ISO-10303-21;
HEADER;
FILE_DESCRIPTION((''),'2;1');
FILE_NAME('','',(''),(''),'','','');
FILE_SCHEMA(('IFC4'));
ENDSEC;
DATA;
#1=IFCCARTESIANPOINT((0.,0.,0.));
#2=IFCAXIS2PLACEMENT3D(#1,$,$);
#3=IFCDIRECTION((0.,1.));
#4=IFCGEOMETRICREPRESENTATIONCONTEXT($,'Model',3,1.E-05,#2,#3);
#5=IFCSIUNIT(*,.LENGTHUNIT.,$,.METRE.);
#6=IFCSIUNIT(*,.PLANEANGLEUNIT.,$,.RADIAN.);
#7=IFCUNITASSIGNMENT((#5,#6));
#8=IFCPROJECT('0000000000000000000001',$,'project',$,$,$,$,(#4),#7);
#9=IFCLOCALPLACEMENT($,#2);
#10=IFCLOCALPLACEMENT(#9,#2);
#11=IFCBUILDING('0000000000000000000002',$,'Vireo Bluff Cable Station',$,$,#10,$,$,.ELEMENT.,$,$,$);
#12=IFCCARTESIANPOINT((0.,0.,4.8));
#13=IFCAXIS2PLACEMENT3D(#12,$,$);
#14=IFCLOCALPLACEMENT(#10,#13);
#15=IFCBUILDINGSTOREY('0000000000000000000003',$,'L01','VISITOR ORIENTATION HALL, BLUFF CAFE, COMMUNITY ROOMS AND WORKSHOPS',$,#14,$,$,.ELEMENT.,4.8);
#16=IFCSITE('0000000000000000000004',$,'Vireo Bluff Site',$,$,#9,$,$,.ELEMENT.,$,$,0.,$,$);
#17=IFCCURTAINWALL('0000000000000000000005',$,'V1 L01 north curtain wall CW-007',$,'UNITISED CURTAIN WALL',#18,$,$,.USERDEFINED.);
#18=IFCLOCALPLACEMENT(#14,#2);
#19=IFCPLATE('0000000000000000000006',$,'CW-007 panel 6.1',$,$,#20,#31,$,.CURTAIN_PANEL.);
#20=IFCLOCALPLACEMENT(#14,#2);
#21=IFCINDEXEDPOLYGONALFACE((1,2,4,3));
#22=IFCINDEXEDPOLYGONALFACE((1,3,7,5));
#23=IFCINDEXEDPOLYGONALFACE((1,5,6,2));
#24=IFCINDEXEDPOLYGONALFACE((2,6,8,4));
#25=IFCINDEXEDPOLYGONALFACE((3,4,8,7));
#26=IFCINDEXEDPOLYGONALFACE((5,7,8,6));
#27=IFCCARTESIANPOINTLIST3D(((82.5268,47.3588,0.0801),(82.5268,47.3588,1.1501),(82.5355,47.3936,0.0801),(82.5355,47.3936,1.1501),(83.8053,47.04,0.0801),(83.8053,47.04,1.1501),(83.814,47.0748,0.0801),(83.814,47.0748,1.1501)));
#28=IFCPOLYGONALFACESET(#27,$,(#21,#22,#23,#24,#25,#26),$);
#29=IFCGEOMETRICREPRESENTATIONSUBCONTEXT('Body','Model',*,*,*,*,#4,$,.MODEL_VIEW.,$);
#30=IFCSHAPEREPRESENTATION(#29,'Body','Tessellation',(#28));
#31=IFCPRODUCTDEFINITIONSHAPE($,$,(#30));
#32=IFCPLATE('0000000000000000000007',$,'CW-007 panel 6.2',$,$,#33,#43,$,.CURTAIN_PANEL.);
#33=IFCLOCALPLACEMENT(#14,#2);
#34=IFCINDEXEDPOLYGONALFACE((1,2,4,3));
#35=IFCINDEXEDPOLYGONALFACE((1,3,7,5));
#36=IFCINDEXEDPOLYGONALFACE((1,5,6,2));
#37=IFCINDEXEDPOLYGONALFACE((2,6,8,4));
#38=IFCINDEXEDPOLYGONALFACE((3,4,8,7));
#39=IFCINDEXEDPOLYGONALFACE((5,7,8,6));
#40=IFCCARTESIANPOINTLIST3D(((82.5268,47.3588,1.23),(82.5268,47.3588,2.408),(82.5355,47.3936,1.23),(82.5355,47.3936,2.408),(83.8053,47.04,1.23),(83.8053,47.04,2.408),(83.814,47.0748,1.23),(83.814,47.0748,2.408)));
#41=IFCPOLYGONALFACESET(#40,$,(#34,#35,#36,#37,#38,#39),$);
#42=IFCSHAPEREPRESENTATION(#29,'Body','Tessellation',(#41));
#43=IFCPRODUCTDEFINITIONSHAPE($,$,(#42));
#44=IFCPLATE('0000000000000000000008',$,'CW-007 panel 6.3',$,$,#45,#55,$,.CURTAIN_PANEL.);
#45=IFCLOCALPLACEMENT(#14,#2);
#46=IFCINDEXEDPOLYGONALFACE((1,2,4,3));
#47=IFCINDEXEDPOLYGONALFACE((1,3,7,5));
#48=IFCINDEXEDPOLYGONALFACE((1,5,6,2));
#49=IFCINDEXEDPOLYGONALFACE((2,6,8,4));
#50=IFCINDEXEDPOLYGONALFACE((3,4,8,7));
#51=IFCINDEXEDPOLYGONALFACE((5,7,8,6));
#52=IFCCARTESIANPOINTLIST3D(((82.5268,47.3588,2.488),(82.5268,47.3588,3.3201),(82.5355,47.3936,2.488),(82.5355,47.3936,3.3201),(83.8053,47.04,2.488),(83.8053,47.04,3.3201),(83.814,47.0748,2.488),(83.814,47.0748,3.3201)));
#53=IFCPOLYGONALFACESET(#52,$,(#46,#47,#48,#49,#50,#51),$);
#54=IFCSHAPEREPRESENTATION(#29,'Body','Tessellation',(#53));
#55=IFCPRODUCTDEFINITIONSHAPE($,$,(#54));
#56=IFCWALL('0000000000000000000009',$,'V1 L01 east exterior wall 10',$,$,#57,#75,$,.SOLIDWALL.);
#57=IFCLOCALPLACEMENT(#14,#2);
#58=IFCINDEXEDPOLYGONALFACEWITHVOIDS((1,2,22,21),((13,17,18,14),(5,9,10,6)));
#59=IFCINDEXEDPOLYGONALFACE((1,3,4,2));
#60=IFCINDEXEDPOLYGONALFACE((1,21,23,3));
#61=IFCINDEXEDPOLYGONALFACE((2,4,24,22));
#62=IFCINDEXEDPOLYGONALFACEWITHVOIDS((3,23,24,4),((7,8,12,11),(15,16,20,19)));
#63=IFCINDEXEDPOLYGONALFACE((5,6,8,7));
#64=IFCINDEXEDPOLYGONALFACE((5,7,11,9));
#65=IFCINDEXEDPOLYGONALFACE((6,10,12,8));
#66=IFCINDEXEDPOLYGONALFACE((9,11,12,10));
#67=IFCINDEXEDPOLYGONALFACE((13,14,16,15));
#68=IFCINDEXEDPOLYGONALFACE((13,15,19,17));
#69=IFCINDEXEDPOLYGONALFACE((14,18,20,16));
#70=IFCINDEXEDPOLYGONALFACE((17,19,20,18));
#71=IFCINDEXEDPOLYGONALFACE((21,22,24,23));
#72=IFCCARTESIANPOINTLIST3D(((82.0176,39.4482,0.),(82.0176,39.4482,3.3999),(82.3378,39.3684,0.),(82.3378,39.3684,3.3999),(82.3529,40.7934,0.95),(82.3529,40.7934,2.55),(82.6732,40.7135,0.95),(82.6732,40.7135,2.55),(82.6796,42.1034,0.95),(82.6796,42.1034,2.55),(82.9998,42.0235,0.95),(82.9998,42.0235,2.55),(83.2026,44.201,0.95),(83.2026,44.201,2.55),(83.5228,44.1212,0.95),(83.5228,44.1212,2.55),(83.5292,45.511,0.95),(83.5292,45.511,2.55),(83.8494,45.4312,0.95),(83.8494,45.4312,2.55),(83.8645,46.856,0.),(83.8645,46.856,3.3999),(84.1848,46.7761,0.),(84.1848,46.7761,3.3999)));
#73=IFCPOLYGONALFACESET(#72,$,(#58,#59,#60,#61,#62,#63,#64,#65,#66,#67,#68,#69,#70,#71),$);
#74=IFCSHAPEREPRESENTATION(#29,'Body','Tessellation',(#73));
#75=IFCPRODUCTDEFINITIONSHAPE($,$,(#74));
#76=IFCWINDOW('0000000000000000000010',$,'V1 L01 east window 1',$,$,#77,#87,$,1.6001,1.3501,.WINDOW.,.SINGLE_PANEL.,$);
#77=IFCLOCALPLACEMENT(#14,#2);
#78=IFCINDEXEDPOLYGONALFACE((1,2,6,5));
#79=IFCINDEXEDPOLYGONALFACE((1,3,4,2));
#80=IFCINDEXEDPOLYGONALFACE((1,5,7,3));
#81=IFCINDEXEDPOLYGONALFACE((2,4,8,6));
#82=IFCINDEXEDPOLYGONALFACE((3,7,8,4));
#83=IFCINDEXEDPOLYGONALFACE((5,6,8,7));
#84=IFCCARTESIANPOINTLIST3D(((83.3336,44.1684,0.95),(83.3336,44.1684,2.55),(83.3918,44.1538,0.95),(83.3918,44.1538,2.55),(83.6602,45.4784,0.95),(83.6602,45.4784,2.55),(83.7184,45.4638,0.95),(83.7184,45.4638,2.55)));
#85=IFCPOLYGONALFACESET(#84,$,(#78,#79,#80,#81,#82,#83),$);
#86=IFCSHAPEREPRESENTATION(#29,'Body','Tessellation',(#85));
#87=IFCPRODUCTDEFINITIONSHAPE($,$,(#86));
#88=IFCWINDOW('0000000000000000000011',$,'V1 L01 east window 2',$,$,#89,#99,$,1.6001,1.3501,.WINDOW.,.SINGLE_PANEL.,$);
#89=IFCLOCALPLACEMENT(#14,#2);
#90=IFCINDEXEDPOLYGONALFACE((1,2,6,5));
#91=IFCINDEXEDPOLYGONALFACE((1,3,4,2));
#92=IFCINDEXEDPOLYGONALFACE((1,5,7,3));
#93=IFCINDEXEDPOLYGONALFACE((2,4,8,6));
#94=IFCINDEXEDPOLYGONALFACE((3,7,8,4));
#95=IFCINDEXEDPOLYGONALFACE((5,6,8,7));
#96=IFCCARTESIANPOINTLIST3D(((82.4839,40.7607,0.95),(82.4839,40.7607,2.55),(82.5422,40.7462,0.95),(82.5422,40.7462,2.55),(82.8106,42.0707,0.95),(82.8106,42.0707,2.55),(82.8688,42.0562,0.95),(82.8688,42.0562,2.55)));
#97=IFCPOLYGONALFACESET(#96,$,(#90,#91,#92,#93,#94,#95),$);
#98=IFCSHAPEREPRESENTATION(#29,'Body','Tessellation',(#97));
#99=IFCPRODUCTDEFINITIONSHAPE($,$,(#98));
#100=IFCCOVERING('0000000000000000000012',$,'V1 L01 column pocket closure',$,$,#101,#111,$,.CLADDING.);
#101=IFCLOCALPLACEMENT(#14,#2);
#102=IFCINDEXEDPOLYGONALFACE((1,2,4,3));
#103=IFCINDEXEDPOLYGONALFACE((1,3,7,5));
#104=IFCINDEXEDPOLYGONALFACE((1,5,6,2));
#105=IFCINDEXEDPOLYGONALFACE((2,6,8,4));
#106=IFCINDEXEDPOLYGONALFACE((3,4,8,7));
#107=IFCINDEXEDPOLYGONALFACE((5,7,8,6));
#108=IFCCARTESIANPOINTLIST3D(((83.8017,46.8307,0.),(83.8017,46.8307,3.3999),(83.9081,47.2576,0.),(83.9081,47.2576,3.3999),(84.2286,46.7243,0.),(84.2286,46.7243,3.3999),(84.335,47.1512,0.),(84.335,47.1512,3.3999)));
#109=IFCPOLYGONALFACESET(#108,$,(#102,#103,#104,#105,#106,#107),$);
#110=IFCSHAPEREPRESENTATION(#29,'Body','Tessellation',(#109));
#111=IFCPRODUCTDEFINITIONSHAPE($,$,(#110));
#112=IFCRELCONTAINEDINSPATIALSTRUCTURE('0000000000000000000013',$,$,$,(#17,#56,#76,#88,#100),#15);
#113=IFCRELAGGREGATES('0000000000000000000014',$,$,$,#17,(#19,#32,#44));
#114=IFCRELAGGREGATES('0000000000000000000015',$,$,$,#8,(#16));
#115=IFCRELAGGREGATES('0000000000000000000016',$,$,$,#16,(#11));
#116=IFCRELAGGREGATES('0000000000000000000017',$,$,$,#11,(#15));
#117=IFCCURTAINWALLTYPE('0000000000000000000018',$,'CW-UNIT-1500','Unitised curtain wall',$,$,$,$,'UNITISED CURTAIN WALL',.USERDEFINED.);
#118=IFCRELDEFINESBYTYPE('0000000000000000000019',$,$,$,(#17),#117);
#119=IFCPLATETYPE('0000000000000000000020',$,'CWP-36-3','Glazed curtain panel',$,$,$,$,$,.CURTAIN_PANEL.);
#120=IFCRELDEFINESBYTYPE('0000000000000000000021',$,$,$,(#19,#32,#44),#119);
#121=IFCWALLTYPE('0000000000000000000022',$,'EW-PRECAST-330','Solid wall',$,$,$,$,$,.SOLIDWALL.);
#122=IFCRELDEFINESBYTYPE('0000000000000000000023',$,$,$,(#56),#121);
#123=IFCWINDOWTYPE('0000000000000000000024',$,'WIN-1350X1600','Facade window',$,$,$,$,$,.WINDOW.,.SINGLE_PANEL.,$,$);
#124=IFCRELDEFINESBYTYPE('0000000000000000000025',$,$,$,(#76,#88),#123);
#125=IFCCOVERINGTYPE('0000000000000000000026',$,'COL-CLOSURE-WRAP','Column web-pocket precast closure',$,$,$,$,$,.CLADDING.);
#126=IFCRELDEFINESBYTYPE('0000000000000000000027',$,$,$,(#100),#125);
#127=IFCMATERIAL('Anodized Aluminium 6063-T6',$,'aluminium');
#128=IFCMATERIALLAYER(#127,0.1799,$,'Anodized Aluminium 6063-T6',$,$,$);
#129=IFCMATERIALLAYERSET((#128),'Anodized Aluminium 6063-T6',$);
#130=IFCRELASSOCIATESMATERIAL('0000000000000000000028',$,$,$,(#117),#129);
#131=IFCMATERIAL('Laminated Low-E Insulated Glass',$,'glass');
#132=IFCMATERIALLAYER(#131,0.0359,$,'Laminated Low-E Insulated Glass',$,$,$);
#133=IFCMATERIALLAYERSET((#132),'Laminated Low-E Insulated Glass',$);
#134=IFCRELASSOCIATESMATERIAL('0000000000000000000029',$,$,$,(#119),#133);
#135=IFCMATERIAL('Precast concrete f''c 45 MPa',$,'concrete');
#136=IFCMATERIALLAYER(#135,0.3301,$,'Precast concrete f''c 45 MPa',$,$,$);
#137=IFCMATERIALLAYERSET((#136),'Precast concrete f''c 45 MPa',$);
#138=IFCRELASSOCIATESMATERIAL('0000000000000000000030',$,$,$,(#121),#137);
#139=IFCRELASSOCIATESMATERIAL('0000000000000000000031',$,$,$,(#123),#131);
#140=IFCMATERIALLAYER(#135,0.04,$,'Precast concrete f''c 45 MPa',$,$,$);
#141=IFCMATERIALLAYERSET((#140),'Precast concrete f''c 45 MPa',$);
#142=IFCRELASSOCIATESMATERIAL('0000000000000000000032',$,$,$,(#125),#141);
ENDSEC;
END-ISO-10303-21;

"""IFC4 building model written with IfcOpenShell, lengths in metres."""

from ifc_helpers import new_model, si_unit, direction, frame, frame_2d, origin, origin_with_axes, origin_2d, place, context, subcontext, project, spatial, rectangle, extrude, material, layer, layer_set, type_object, element, fill, aggregate, save


model = new_model("IFC4")

# Units and contexts
model_context = context("Model", 3, precision=1e-05, world=origin(), true_north=direction((0.0, 1.0)))
body_context = subcontext(model_context, "Body", "Model", "MODEL_VIEW")
ifc_project = project(units=[si_unit("LENGTHUNIT", "METRE"), si_unit("PLANEANGLEUNIT", "RADIAN")], contexts=[model_context])

# Site, building, storey
site_placement = place(None, origin())
site = spatial("IfcSite", under=ifc_project, at=site_placement, Name="Vireo Bluff Site", CompositionType="ELEMENT", RefElevation=0.0)
building_placement = place(site_placement, origin())
building = spatial("IfcBuilding", under=site, at=building_placement, Name="Vireo Bluff Cable Station", CompositionType="ELEMENT")
storey_placement = place(building_placement, frame((0.0, 0.0, 4.8)))
storey = spatial("IfcBuildingStorey", under=building, at=storey_placement, Name="L01", Description="VISITOR ORIENTATION HALL, BLUFF CAFE, COMMUNITY ROOMS AND WORKSHOPS", CompositionType="ELEMENT", Elevation=4.8)

# Curtain wall
ifc_material_1 = material(Name="Anodized Aluminium 6063-T6", Category="aluminium")
ifc_layer_1 = layer(ifc_material_1, 0.1799, Name="Anodized Aluminium 6063-T6")
ifc_layer_set_1 = layer_set([ifc_layer_1], Name="Anodized Aluminium 6063-T6")
curtain_wall_type = type_object("IfcCurtainWallType", Name="CW-UNIT-1500", Description="Unitised curtain wall", ElementType="UNITISED CURTAIN WALL", PredefinedType="USERDEFINED", material=ifc_layer_set_1)
curtain_wall_placement = place(storey_placement, origin())
curtain_wall = element("IfcCurtainWall", 1, at=curtain_wall_placement, inside=storey, type_object=curtain_wall_type, Name="V1 L01 north curtain wall CW-007", ObjectType="UNITISED CURTAIN WALL", PredefinedType="USERDEFINED")

# Plates
ifc_material_2 = material(Name="Laminated Low-E Insulated Glass", Category="glass")
ifc_layer_2 = layer(ifc_material_2, 0.0359, Name="Laminated Low-E Insulated Glass")
ifc_layer_set_2 = layer_set([ifc_layer_2], Name="Laminated Low-E Insulated Glass")
plate_type = type_object("IfcPlateType", Name="CWP-36-3", Description="Glazed curtain panel", PredefinedType="CURTAIN_PANEL", material=ifc_layer_set_2)
plate_1_placement = place(storey_placement, frame((83.1704, 47.2168, 0.0801), z_axis=(0.0, 0.0, 1.0), x_axis=(0.970296, -0.241922, 0.0)))
plate_1 = element("IfcPlate", 2, at=plate_1_placement, type_object=plate_type, Name="CW-007 panel 6.1", PredefinedType="CURTAIN_PANEL", context=body_context, shape_type="SweptSolid", body=[
    extrude(rectangle(XDim=1.3176, YDim=0.0359, at=origin_2d()), origin(), (0.0, 0.0, 1.0), 1.0701),
])
plate_2_placement = place(storey_placement, frame((83.1704, 47.2168, 1.23), z_axis=(0.0, 0.0, 1.0), x_axis=(0.970296, -0.241922, 0.0)))
plate_2 = element("IfcPlate", 3, at=plate_2_placement, type_object=plate_type, Name="CW-007 panel 6.2", PredefinedType="CURTAIN_PANEL", context=body_context, shape_type="SweptSolid", body=[
    extrude(rectangle(XDim=1.3176, YDim=0.0359, at=origin_2d()), origin(), (0.0, 0.0, 1.0), 1.178),
])
plate_3_placement = place(storey_placement, frame((83.1704, 47.2168, 2.488), z_axis=(0.0, 0.0, 1.0), x_axis=(0.970296, -0.241922, 0.0)))
plate_3 = element("IfcPlate", 4, at=plate_3_placement, type_object=plate_type, Name="CW-007 panel 6.3", PredefinedType="CURTAIN_PANEL", context=body_context, shape_type="SweptSolid", body=[
    extrude(rectangle(XDim=1.3176, YDim=0.0359, at=origin_2d()), origin(), (0.0, 0.0, 1.0), 0.832),
])
aggregate(curtain_wall, [plate_1, plate_2, plate_3])

# Wall, openings, windows
ifc_material_3 = material(Name="Precast concrete f'c 45 MPa", Category="concrete")
ifc_layer_3 = layer(ifc_material_3, 0.3301, Name="Precast concrete f'c 45 MPa")
ifc_layer_set_3 = layer_set([ifc_layer_3], Name="Precast concrete f'c 45 MPa")
wall_type = type_object("IfcWallType", Name="EW-PRECAST-330", Description="Solid wall", PredefinedType="SOLIDWALL", material=ifc_layer_set_3)
wall_placement = place(storey_placement, frame((84.0247, 46.8162, 0.0), z_axis=(0.0, 0.0, 1.0), x_axis=(-0.241919, -0.970297, 0.0)))
wall = element("IfcWall", 5, at=wall_placement, inside=storey, type_object=wall_type, Name="V1 L01 east exterior wall 10", PredefinedType="SOLIDWALL", context=body_context, shape_type="SweptSolid", body=[
    extrude(rectangle(XDim=7.6345, YDim=0.3301, at=frame_2d((3.8174, 0.0))), origin(), (0.0, 0.0, 1.0), 3.3999),
])
opening_1_placement = place(wall_placement, frame((1.3862, 0.0, 0.95)))
opening_1 = element("IfcOpeningElement", 6, at=opening_1_placement, cuts=wall, PredefinedType="OPENING", context=body_context, shape_type="SweptSolid", body=[
    extrude(rectangle(XDim=1.3501, YDim=1.6001, at=frame_2d((0.675, 0.8))), frame((0.0, 0.175, 0.0), z_axis=(0.0, -1.0, 0.0), x_axis=(1.0, 0.0, 0.0)), (0.0, 0.0, 1.0), 0.3501),
])
opening_2_placement = place(wall_placement, frame((4.8982, 0.0, 0.95)))
opening_2 = element("IfcOpeningElement", 7, at=opening_2_placement, cuts=wall, PredefinedType="OPENING", context=body_context, shape_type="SweptSolid", body=[
    extrude(rectangle(XDim=1.3501, YDim=1.6001, at=frame_2d((0.675, 0.8))), frame((0.0, 0.175, 0.0), z_axis=(0.0, -1.0, 0.0), x_axis=(1.0, 0.0, 0.0)), (0.0, 0.0, 1.0), 0.3501),
])
window_type = type_object("IfcWindowType", Name="WIN-1350X1600", Description="Facade window", PartitioningType="SINGLE_PANEL", PredefinedType="WINDOW", material=ifc_material_2)
window_1_placement = place(opening_1_placement, origin_with_axes())
window_1 = element("IfcWindow", 8, at=window_1_placement, inside=storey, type_object=window_type, Name="V1 L01 east window 1", OverallHeight=1.6001, OverallWidth=1.3501, PartitioningType="SINGLE_PANEL", PredefinedType="WINDOW", context=body_context, shape_type="SweptSolid", body=[
    extrude(rectangle(XDim=1.3501, YDim=1.6001, at=frame_2d((0.675, 0.8))), frame((0.0, 0.03, 0.0), z_axis=(0.0, -1.0, 0.0), x_axis=(1.0, 0.0, 0.0)), (0.0, 0.0, 1.0), 0.0601),
])
fill(opening_1, window_1)
window_2_placement = place(opening_2_placement, origin_with_axes())
window_2 = element("IfcWindow", 9, at=window_2_placement, inside=storey, type_object=window_type, Name="V1 L01 east window 2", OverallHeight=1.6001, OverallWidth=1.3501, PartitioningType="SINGLE_PANEL", PredefinedType="WINDOW", context=body_context, shape_type="SweptSolid", body=[
    extrude(rectangle(XDim=1.3501, YDim=1.6001, at=frame_2d((0.675, 0.8))), frame((0.0, 0.03, 0.0), z_axis=(0.0, -1.0, 0.0), x_axis=(1.0, 0.0, 0.0)), (0.0, 0.0, 1.0), 0.0601),
])
fill(opening_2, window_2)

# Covering
ifc_layer_4 = layer(ifc_material_3, 0.04, Name="Precast concrete f'c 45 MPa")
ifc_layer_set_4 = layer_set([ifc_layer_4], Name="Precast concrete f'c 45 MPa")
covering_type = type_object("IfcCoveringType", Name="COL-CLOSURE-WRAP", Description="Column web-pocket precast closure", PredefinedType="CLADDING", material=ifc_layer_set_4)
covering_placement = place(storey_placement, frame((84.0684, 46.991, 0.0), z_axis=(0.0, 0.0, 1.0), x_axis=(0.970296, -0.241922, 0.0)))
element("IfcCovering", 10, at=covering_placement, inside=storey, type_object=covering_type, Name="V1 L01 column pocket closure", PredefinedType="CLADDING", context=body_context, shape_type="SweptSolid", body=[
    extrude(rectangle(XDim=0.4399, YDim=0.4399, at=origin_2d()), origin(), (0.0, 0.0, 1.0), 3.3999),
])

save(model, "model.ifc")
